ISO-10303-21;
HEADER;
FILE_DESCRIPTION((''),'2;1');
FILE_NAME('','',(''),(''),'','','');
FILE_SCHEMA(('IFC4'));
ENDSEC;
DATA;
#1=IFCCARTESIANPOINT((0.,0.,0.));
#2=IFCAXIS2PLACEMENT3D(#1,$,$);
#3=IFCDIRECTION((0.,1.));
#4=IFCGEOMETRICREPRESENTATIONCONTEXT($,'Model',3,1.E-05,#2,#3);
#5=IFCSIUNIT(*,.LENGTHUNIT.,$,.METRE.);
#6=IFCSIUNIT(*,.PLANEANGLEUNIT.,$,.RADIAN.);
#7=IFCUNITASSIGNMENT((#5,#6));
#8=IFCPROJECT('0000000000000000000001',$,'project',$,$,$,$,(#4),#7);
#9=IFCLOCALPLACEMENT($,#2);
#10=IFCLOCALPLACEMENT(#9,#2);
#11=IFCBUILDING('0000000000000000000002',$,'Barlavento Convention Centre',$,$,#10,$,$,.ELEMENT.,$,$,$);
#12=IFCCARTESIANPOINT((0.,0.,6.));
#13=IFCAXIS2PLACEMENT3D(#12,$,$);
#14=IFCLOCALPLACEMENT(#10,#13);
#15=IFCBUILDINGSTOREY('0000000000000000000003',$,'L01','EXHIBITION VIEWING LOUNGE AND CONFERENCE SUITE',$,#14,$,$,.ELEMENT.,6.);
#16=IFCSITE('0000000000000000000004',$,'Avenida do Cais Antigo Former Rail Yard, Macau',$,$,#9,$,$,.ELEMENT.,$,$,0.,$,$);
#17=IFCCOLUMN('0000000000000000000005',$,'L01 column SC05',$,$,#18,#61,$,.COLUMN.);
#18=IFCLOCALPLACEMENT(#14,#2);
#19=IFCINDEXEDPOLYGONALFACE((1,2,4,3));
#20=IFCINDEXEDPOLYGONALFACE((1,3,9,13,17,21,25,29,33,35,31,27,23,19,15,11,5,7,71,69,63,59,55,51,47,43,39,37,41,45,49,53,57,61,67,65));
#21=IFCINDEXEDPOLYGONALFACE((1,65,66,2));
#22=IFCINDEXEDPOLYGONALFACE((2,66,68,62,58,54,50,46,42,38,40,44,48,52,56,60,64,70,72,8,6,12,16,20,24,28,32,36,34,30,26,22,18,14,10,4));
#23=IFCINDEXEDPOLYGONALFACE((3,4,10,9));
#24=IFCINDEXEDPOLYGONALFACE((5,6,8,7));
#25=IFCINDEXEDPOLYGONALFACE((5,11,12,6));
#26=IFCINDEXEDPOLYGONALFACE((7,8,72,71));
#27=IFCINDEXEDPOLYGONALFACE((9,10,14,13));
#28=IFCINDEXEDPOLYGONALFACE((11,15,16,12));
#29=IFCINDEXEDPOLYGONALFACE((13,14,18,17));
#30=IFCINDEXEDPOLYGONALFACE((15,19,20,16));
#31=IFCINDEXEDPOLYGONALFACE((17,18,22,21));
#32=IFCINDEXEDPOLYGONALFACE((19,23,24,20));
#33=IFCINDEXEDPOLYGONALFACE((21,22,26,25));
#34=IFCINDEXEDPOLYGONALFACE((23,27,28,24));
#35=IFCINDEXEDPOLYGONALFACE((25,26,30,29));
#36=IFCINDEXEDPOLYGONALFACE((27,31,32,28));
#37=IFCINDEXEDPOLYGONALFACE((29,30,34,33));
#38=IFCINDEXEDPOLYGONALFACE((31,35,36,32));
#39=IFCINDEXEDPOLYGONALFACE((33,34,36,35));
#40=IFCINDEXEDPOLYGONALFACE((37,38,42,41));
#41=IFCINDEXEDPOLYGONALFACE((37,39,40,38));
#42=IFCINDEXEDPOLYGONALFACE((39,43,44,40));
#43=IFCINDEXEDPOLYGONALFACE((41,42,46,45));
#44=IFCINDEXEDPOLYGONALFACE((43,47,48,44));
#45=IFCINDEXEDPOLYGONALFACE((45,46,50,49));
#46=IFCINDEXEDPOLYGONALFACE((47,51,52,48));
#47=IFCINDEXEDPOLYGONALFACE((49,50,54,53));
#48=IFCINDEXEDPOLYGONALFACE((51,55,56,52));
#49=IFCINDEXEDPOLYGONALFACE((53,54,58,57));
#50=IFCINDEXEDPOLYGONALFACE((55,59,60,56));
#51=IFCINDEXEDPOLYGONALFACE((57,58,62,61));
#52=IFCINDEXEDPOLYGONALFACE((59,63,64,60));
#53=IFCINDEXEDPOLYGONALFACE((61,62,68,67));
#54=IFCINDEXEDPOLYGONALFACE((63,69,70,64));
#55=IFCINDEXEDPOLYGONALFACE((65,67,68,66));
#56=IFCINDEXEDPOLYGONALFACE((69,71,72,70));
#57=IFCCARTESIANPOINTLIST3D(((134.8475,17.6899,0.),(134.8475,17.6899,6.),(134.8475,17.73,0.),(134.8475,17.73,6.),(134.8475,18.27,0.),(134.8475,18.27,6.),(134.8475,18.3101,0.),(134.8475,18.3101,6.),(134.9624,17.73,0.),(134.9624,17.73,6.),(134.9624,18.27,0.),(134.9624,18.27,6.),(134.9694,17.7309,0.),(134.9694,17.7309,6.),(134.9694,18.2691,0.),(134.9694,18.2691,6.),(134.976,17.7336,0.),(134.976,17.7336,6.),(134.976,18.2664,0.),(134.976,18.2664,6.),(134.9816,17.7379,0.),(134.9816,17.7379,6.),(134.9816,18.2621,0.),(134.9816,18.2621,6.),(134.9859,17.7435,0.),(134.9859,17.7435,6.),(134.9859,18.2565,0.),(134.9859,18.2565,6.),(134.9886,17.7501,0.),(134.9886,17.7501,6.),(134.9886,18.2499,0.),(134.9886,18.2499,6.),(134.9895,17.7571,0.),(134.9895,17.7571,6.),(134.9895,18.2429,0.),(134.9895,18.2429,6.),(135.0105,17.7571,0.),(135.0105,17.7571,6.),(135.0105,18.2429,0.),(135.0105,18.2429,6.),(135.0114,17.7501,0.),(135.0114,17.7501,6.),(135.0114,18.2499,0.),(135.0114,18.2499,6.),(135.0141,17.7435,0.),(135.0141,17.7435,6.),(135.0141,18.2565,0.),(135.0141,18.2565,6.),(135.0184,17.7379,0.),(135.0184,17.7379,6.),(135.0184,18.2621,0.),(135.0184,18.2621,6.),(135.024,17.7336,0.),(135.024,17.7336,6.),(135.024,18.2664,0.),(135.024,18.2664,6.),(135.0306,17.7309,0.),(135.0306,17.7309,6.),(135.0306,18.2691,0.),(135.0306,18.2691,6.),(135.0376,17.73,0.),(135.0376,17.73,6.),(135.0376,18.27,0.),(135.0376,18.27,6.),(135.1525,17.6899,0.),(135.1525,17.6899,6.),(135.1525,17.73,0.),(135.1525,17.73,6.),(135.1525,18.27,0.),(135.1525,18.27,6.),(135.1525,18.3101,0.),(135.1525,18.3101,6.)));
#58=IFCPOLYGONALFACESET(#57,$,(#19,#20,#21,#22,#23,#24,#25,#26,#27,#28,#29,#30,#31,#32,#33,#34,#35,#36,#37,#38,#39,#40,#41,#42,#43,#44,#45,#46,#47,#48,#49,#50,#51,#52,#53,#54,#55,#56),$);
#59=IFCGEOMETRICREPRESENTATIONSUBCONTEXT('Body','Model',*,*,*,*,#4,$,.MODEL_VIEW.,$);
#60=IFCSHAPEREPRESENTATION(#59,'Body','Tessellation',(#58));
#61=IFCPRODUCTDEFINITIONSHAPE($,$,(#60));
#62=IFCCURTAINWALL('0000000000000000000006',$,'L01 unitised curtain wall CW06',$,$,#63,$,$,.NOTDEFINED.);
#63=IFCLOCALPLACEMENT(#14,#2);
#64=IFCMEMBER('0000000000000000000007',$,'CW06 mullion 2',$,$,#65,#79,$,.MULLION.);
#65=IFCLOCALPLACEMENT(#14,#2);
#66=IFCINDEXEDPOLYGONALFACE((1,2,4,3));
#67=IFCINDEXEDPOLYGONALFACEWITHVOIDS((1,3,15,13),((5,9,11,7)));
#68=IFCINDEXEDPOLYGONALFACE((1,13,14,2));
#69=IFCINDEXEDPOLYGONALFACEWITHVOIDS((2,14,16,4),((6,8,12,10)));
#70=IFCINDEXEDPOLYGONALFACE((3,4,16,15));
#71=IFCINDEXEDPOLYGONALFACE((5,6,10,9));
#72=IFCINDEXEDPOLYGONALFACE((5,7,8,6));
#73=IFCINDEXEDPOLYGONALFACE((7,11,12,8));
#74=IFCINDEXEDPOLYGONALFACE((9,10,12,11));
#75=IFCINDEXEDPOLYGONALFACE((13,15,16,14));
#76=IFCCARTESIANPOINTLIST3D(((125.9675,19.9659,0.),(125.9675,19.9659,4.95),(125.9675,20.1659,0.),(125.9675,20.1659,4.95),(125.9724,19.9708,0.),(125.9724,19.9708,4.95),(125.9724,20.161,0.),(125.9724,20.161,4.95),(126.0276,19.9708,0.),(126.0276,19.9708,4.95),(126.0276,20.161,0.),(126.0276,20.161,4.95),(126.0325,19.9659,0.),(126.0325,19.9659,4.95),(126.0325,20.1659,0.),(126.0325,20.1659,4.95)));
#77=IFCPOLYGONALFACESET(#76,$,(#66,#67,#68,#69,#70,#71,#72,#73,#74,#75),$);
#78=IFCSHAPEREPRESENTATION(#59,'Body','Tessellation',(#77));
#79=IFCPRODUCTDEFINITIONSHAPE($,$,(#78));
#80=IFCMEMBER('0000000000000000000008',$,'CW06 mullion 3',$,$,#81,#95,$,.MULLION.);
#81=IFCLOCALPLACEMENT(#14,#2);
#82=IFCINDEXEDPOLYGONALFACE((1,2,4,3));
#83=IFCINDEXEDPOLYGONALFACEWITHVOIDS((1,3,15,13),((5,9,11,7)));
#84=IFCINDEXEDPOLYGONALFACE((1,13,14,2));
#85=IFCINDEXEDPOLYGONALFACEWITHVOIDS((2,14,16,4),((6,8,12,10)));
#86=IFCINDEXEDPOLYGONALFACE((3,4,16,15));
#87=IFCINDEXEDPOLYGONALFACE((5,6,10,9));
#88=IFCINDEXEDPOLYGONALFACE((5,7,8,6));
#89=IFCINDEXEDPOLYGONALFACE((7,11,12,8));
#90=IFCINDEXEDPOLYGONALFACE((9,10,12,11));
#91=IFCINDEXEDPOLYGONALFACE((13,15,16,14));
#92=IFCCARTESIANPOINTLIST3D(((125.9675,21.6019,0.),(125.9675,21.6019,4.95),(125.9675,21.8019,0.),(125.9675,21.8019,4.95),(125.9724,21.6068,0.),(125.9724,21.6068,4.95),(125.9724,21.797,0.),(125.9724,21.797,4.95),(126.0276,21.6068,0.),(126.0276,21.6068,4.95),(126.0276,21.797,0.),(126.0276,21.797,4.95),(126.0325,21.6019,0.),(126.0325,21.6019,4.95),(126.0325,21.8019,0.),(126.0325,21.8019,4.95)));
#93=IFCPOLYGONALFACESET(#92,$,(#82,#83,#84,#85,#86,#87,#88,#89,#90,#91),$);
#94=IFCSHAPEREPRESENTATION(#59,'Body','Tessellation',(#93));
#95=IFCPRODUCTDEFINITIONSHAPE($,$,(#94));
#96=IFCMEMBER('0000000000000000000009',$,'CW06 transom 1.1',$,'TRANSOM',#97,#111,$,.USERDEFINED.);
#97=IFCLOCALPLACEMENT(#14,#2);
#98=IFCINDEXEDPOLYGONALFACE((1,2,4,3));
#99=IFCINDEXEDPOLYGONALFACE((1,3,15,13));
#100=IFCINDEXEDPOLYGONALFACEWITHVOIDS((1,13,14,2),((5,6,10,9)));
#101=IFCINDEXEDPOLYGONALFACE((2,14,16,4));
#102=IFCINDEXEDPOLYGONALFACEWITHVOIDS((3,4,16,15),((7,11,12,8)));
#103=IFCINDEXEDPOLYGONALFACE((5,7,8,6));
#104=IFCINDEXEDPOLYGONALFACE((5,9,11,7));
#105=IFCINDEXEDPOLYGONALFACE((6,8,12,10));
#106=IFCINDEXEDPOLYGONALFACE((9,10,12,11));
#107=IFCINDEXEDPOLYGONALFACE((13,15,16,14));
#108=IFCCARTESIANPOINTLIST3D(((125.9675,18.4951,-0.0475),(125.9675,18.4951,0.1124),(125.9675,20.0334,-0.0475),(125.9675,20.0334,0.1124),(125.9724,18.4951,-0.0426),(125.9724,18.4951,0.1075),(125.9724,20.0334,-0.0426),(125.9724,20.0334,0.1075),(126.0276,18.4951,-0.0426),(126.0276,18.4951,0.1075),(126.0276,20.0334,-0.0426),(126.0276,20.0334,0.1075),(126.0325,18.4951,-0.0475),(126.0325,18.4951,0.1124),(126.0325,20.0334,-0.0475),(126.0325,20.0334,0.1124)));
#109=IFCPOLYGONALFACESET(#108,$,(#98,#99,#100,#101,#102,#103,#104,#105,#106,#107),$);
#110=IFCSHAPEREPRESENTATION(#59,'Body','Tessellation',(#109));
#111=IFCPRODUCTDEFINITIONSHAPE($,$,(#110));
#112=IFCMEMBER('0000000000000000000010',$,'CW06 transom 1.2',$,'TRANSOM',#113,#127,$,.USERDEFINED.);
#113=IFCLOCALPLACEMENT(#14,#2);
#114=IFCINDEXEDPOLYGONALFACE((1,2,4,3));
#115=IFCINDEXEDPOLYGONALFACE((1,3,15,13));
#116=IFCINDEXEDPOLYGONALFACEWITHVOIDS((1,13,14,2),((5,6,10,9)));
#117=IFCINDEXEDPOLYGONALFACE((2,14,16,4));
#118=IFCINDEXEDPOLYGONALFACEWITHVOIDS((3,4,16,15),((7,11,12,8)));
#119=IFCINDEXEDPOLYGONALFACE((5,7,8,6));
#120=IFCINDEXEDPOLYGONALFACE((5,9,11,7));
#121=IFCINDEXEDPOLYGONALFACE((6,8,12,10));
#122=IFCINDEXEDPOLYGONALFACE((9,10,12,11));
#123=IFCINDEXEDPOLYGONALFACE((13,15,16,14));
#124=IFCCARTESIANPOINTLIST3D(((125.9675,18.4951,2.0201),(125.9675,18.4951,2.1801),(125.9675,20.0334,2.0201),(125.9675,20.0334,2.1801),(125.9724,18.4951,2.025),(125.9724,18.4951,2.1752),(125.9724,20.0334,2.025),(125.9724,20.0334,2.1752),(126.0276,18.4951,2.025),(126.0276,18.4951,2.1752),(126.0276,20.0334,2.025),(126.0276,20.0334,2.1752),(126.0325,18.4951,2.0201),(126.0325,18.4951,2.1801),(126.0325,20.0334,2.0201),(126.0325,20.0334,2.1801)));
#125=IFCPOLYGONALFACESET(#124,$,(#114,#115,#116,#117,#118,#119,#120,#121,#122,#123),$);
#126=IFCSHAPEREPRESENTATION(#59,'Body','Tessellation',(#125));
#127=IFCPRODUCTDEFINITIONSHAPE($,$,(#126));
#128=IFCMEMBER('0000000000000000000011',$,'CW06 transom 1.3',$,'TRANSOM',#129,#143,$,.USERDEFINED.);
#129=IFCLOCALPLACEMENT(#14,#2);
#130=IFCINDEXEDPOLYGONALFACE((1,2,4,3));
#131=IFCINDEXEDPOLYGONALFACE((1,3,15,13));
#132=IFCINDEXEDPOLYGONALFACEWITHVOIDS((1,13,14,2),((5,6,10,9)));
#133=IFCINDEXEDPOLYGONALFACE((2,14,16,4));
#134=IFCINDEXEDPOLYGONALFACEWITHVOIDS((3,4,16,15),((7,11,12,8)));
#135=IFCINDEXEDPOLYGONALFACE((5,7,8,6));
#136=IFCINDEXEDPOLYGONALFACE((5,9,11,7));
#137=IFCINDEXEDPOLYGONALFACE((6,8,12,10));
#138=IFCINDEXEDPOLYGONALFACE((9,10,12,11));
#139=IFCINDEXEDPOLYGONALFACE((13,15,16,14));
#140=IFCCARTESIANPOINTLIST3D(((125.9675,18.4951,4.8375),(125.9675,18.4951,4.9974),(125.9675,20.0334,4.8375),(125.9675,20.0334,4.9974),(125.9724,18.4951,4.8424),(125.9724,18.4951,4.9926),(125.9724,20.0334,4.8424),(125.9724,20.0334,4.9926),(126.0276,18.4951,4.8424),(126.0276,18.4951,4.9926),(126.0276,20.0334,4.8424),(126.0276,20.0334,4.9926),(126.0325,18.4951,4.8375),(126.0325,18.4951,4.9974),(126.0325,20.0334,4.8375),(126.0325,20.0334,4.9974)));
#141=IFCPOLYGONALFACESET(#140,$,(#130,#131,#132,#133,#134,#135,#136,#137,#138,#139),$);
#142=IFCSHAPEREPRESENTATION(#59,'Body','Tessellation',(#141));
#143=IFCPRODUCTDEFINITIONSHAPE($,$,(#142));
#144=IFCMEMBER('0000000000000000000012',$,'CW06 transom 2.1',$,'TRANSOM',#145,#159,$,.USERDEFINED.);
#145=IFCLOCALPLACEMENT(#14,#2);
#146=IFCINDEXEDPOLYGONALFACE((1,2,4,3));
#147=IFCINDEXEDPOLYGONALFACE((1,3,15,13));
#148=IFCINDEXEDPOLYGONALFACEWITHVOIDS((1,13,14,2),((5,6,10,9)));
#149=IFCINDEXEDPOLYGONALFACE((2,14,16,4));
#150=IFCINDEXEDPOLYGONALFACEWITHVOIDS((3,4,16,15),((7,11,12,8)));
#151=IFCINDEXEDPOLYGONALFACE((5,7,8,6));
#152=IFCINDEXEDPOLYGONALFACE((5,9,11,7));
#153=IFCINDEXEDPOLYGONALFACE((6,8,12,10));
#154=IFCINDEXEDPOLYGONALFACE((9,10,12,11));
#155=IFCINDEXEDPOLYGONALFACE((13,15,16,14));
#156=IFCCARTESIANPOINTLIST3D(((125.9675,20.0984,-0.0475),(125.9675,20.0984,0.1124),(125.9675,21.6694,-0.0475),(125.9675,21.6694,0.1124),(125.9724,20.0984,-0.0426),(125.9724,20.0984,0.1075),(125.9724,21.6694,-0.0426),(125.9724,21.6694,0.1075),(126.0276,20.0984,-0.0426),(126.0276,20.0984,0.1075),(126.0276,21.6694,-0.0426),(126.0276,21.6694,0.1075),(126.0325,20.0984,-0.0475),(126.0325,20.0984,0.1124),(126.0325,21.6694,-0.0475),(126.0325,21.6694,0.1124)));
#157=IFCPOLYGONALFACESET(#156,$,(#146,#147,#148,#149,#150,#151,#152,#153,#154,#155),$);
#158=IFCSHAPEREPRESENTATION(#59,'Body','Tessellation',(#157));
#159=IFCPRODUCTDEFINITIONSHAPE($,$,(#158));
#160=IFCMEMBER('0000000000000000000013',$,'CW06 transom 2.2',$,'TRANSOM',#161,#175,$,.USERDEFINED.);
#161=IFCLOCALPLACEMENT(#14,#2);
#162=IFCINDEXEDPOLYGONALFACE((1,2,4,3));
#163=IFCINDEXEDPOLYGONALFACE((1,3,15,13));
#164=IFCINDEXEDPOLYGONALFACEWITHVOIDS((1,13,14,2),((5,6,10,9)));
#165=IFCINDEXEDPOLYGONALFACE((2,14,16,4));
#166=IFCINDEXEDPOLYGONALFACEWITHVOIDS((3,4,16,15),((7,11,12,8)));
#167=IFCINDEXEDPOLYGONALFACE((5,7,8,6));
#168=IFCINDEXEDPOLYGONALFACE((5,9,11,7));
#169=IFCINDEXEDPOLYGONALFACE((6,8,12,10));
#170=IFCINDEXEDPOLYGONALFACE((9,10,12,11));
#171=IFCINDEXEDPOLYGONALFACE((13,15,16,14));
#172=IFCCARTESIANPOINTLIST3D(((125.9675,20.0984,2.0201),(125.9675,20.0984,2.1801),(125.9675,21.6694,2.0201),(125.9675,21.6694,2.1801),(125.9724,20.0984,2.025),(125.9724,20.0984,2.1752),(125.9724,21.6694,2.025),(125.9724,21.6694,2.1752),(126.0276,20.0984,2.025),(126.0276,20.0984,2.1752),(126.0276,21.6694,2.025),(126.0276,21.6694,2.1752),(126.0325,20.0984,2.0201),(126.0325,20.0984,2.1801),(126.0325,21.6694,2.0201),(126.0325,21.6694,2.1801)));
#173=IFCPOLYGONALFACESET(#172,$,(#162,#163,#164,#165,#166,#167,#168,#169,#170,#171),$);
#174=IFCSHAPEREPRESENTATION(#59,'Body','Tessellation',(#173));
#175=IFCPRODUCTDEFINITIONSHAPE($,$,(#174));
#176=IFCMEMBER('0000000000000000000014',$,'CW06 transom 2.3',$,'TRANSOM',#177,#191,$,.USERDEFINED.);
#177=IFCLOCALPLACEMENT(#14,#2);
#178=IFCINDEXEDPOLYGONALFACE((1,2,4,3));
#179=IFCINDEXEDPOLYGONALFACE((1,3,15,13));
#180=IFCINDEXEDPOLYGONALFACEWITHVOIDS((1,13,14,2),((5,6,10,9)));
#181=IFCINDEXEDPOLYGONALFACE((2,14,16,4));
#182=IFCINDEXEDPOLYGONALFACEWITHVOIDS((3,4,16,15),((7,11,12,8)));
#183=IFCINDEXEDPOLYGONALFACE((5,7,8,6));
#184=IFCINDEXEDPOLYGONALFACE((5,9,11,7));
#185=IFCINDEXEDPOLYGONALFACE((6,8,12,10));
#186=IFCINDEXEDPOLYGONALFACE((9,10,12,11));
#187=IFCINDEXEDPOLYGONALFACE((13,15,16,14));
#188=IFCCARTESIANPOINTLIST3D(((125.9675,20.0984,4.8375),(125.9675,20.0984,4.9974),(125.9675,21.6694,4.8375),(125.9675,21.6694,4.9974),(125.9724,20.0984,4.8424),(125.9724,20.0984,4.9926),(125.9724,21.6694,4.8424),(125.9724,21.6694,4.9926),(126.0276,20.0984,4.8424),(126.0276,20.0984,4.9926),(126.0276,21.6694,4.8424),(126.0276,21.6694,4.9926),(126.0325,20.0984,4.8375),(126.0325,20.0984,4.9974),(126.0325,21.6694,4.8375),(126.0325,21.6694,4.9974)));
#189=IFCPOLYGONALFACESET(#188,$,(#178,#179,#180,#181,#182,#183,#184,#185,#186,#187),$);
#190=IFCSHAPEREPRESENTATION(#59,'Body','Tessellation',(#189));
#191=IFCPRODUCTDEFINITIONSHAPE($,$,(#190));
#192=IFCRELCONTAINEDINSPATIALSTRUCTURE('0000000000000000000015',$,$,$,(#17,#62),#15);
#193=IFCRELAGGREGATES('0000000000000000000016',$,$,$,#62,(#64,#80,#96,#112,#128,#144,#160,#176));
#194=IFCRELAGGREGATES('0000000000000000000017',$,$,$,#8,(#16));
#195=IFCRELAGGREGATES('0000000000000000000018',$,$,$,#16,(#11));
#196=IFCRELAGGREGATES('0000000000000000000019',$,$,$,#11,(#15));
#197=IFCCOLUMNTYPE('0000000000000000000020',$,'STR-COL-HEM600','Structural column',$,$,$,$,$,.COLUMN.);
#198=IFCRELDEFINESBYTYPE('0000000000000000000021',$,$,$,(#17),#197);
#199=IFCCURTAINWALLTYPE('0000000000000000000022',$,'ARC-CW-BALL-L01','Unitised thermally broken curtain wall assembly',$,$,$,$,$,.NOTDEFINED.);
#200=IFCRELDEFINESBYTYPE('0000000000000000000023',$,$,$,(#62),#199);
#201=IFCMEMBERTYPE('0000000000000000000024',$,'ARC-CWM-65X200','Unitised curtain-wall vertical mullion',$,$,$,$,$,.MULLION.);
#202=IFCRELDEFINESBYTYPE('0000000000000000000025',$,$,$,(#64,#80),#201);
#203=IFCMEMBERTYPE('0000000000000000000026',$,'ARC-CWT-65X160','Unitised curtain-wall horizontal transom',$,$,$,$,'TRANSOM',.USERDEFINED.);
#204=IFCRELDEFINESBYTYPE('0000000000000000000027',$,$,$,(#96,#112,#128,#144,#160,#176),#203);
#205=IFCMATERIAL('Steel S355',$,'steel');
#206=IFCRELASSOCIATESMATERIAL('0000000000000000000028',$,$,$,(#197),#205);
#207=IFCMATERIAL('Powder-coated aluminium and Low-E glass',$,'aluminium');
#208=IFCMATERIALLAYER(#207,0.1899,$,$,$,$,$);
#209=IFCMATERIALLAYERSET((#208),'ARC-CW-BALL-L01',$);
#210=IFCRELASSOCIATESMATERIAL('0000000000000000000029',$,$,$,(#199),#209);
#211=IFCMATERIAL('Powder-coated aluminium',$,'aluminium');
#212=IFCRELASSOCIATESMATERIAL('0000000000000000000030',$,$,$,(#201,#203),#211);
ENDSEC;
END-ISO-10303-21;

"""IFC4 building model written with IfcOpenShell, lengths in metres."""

from ifc_helpers import new_model, si_unit, direction, frame, origin, origin_2d, place, context, subcontext, project, spatial, hollow_rectangle, i_section, extrude, material, layer, layer_set, material_profile, profile_set, type_object, element, aggregate, save


model = new_model("IFC4")

# Units and contexts
model_context = context("Model", 3, precision=1e-05, world=origin(), true_north=direction((0.0, 1.0)))
body_context = subcontext(model_context, "Body", "Model", "MODEL_VIEW")
ifc_project = project(units=[si_unit("LENGTHUNIT", "METRE"), si_unit("PLANEANGLEUNIT", "RADIAN")], contexts=[model_context])

# Site, building, storey
site_placement = place(None, origin())
site = spatial("IfcSite", under=ifc_project, at=site_placement, Name="Avenida do Cais Antigo Former Rail Yard, Macau", CompositionType="ELEMENT", RefElevation=0.0)
building_placement = place(site_placement, origin())
building = spatial("IfcBuilding", under=site, at=building_placement, Name="Barlavento Convention Centre", CompositionType="ELEMENT")
storey_placement = place(building_placement, frame((0.0, 0.0, 6.0)))
storey = spatial("IfcBuildingStorey", under=building, at=storey_placement, Name="L01", Description="EXHIBITION VIEWING LOUNGE AND CONFERENCE SUITE", CompositionType="ELEMENT", Elevation=6.0)

# Column
ifc_material_1 = material(Name="Steel S355", Category="steel")
ifc_material_profile_1 = material_profile(ifc_material_1, i_section(OverallWidth=0.3049, OverallDepth=0.6201, WebThickness=0.021, FlangeThickness=0.04, FilletRadius=0.0271, at=origin_2d()), Name="HEM 600")
ifc_profile_set_1 = profile_set([ifc_material_profile_1], Name="Steel S355")
column_type = type_object("IfcColumnType", Name="STR-COL-HEM600", Description="Structural column", PredefinedType="COLUMN", material=ifc_profile_set_1)
column_placement = place(storey_placement, frame((135.0, 18.0, 0.0), z_axis=(0.0, 0.0, 1.0), x_axis=(1.0, 0.0, 0.0)))
element("IfcColumn", 1, at=column_placement, inside=storey, type_object=column_type, Name="L01 column SC05", PredefinedType="COLUMN", context=body_context, shape_type="SweptSolid", body=[
    extrude(i_section(OverallWidth=0.3049, OverallDepth=0.6201, WebThickness=0.021, FlangeThickness=0.04, FilletRadius=0.0271, at=origin_2d()), origin(), (0.0, 0.0, 1.0), 6.0),
])

# Curtain wall, members
ifc_material_2 = material(Name="Powder-coated aluminium and Low-E glass", Category="aluminium")
ifc_layer_1 = layer(ifc_material_2, 0.1899)
ifc_layer_set_1 = layer_set([ifc_layer_1], Name="ARC-CW-BALL-L01")
curtain_wall_type = type_object("IfcCurtainWallType", Name="ARC-CW-BALL-L01", Description="Unitised thermally broken curtain wall assembly", PredefinedType="NOTDEFINED", material=ifc_layer_set_1)
curtain_wall_placement = place(storey_placement, origin())
curtain_wall = element("IfcCurtainWall", 2, at=curtain_wall_placement, inside=storey, type_object=curtain_wall_type, Name="L01 unitised curtain wall CW06", PredefinedType="NOTDEFINED")
ifc_material_3 = material(Name="Powder-coated aluminium", Category="aluminium")
ifc_material_profile_2 = material_profile(ifc_material_3, hollow_rectangle(XDim=0.0649, YDim=0.2, WallThickness=0.0049, at=origin_2d()), Name="AL-MULL 65x200x5")
ifc_profile_set_2 = profile_set([ifc_material_profile_2], Name="Powder-coated aluminium")
member_type_1 = type_object("IfcMemberType", Name="ARC-CWM-65X200", Description="Unitised curtain-wall vertical mullion", PredefinedType="MULLION", material=ifc_profile_set_2)
member_1_placement = place(storey_placement, frame((126.0, 20.0659, 0.0), z_axis=(0.0, 0.0, 1.0), x_axis=(-1.0, 0.0, 0.0)))
member_1 = element("IfcMember", 3, at=member_1_placement, type_object=member_type_1, Name="CW06 mullion 2", PredefinedType="MULLION", context=body_context, shape_type="SweptSolid", body=[
    extrude(hollow_rectangle(XDim=0.0649, YDim=0.2, WallThickness=0.0049, at=origin_2d()), origin(), (0.0, 0.0, 1.0), 4.95),
])
member_2_placement = place(storey_placement, frame((126.0, 21.7019, 0.0), z_axis=(0.0, 0.0, 1.0), x_axis=(-1.0, 0.0, 0.0)))
member_2 = element("IfcMember", 4, at=member_2_placement, type_object=member_type_1, Name="CW06 mullion 3", PredefinedType="MULLION", context=body_context, shape_type="SweptSolid", body=[
    extrude(hollow_rectangle(XDim=0.0649, YDim=0.2, WallThickness=0.0049, at=origin_2d()), origin(), (0.0, 0.0, 1.0), 4.95),
])
ifc_material_profile_3 = material_profile(ifc_material_3, hollow_rectangle(XDim=0.0649, YDim=0.1599, WallThickness=0.0049, at=origin_2d()), Name="AL-TRAN 65x160x5")
ifc_profile_set_3 = profile_set([ifc_material_profile_3], Name="Powder-coated aluminium")
member_type_2 = type_object("IfcMemberType", Name="ARC-CWT-65X160", Description="Unitised curtain-wall horizontal transom", ElementType="TRANSOM", PredefinedType="USERDEFINED", material=ifc_profile_set_3)
member_3_placement = place(storey_placement, frame((126.0, 18.4951, 0.0325), z_axis=(0.0, 1.0, 0.0), x_axis=(-1.0, 0.0, 0.0)))
member_3 = element("IfcMember", 5, at=member_3_placement, type_object=member_type_2, Name="CW06 transom 1.1", ObjectType="TRANSOM", PredefinedType="USERDEFINED", context=body_context, shape_type="SweptSolid", body=[
    extrude(hollow_rectangle(XDim=0.0649, YDim=0.1599, WallThickness=0.0049, at=origin_2d()), origin(), (0.0, 0.0, 1.0), 1.5383),
])
member_4_placement = place(storey_placement, frame((126.0, 18.4951, 2.1001), z_axis=(0.0, 1.0, 0.0), x_axis=(-1.0, 0.0, 0.0)))
member_4 = element("IfcMember", 6, at=member_4_placement, type_object=member_type_2, Name="CW06 transom 1.2", ObjectType="TRANSOM", PredefinedType="USERDEFINED", context=body_context, shape_type="SweptSolid", body=[
    extrude(hollow_rectangle(XDim=0.0649, YDim=0.1599, WallThickness=0.0049, at=origin_2d()), origin(), (0.0, 0.0, 1.0), 1.5383),
])
member_5_placement = place(storey_placement, frame((126.0, 18.4951, 4.9175), z_axis=(0.0, 1.0, 0.0), x_axis=(-1.0, 0.0, 0.0)))
member_5 = element("IfcMember", 7, at=member_5_placement, type_object=member_type_2, Name="CW06 transom 1.3", ObjectType="TRANSOM", PredefinedType="USERDEFINED", context=body_context, shape_type="SweptSolid", body=[
    extrude(hollow_rectangle(XDim=0.0649, YDim=0.1599, WallThickness=0.0049, at=origin_2d()), origin(), (0.0, 0.0, 1.0), 1.5383),
])
member_6_placement = place(storey_placement, frame((126.0, 20.0984, 0.0325), z_axis=(0.0, 1.0, 0.0), x_axis=(-1.0, 0.0, 0.0)))
member_6 = element("IfcMember", 8, at=member_6_placement, type_object=member_type_2, Name="CW06 transom 2.1", ObjectType="TRANSOM", PredefinedType="USERDEFINED", context=body_context, shape_type="SweptSolid", body=[
    extrude(hollow_rectangle(XDim=0.0649, YDim=0.1599, WallThickness=0.0049, at=origin_2d()), origin(), (0.0, 0.0, 1.0), 1.571),
])
member_7_placement = place(storey_placement, frame((126.0, 20.0984, 2.1001), z_axis=(0.0, 1.0, 0.0), x_axis=(-1.0, 0.0, 0.0)))
member_7 = element("IfcMember", 9, at=member_7_placement, type_object=member_type_2, Name="CW06 transom 2.2", ObjectType="TRANSOM", PredefinedType="USERDEFINED", context=body_context, shape_type="SweptSolid", body=[
    extrude(hollow_rectangle(XDim=0.0649, YDim=0.1599, WallThickness=0.0049, at=origin_2d()), origin(), (0.0, 0.0, 1.0), 1.571),
])
member_8_placement = place(storey_placement, frame((126.0, 20.0984, 4.9175), z_axis=(0.0, 1.0, 0.0), x_axis=(-1.0, 0.0, 0.0)))
member_8 = element("IfcMember", 10, at=member_8_placement, type_object=member_type_2, Name="CW06 transom 2.3", ObjectType="TRANSOM", PredefinedType="USERDEFINED", context=body_context, shape_type="SweptSolid", body=[
    extrude(hollow_rectangle(XDim=0.0649, YDim=0.1599, WallThickness=0.0049, at=origin_2d()), origin(), (0.0, 0.0, 1.0), 1.571),
])

aggregate(curtain_wall, [member_1, member_2, member_3, member_4, member_5, member_6, member_7, member_8])

save(model, "model.ifc")
